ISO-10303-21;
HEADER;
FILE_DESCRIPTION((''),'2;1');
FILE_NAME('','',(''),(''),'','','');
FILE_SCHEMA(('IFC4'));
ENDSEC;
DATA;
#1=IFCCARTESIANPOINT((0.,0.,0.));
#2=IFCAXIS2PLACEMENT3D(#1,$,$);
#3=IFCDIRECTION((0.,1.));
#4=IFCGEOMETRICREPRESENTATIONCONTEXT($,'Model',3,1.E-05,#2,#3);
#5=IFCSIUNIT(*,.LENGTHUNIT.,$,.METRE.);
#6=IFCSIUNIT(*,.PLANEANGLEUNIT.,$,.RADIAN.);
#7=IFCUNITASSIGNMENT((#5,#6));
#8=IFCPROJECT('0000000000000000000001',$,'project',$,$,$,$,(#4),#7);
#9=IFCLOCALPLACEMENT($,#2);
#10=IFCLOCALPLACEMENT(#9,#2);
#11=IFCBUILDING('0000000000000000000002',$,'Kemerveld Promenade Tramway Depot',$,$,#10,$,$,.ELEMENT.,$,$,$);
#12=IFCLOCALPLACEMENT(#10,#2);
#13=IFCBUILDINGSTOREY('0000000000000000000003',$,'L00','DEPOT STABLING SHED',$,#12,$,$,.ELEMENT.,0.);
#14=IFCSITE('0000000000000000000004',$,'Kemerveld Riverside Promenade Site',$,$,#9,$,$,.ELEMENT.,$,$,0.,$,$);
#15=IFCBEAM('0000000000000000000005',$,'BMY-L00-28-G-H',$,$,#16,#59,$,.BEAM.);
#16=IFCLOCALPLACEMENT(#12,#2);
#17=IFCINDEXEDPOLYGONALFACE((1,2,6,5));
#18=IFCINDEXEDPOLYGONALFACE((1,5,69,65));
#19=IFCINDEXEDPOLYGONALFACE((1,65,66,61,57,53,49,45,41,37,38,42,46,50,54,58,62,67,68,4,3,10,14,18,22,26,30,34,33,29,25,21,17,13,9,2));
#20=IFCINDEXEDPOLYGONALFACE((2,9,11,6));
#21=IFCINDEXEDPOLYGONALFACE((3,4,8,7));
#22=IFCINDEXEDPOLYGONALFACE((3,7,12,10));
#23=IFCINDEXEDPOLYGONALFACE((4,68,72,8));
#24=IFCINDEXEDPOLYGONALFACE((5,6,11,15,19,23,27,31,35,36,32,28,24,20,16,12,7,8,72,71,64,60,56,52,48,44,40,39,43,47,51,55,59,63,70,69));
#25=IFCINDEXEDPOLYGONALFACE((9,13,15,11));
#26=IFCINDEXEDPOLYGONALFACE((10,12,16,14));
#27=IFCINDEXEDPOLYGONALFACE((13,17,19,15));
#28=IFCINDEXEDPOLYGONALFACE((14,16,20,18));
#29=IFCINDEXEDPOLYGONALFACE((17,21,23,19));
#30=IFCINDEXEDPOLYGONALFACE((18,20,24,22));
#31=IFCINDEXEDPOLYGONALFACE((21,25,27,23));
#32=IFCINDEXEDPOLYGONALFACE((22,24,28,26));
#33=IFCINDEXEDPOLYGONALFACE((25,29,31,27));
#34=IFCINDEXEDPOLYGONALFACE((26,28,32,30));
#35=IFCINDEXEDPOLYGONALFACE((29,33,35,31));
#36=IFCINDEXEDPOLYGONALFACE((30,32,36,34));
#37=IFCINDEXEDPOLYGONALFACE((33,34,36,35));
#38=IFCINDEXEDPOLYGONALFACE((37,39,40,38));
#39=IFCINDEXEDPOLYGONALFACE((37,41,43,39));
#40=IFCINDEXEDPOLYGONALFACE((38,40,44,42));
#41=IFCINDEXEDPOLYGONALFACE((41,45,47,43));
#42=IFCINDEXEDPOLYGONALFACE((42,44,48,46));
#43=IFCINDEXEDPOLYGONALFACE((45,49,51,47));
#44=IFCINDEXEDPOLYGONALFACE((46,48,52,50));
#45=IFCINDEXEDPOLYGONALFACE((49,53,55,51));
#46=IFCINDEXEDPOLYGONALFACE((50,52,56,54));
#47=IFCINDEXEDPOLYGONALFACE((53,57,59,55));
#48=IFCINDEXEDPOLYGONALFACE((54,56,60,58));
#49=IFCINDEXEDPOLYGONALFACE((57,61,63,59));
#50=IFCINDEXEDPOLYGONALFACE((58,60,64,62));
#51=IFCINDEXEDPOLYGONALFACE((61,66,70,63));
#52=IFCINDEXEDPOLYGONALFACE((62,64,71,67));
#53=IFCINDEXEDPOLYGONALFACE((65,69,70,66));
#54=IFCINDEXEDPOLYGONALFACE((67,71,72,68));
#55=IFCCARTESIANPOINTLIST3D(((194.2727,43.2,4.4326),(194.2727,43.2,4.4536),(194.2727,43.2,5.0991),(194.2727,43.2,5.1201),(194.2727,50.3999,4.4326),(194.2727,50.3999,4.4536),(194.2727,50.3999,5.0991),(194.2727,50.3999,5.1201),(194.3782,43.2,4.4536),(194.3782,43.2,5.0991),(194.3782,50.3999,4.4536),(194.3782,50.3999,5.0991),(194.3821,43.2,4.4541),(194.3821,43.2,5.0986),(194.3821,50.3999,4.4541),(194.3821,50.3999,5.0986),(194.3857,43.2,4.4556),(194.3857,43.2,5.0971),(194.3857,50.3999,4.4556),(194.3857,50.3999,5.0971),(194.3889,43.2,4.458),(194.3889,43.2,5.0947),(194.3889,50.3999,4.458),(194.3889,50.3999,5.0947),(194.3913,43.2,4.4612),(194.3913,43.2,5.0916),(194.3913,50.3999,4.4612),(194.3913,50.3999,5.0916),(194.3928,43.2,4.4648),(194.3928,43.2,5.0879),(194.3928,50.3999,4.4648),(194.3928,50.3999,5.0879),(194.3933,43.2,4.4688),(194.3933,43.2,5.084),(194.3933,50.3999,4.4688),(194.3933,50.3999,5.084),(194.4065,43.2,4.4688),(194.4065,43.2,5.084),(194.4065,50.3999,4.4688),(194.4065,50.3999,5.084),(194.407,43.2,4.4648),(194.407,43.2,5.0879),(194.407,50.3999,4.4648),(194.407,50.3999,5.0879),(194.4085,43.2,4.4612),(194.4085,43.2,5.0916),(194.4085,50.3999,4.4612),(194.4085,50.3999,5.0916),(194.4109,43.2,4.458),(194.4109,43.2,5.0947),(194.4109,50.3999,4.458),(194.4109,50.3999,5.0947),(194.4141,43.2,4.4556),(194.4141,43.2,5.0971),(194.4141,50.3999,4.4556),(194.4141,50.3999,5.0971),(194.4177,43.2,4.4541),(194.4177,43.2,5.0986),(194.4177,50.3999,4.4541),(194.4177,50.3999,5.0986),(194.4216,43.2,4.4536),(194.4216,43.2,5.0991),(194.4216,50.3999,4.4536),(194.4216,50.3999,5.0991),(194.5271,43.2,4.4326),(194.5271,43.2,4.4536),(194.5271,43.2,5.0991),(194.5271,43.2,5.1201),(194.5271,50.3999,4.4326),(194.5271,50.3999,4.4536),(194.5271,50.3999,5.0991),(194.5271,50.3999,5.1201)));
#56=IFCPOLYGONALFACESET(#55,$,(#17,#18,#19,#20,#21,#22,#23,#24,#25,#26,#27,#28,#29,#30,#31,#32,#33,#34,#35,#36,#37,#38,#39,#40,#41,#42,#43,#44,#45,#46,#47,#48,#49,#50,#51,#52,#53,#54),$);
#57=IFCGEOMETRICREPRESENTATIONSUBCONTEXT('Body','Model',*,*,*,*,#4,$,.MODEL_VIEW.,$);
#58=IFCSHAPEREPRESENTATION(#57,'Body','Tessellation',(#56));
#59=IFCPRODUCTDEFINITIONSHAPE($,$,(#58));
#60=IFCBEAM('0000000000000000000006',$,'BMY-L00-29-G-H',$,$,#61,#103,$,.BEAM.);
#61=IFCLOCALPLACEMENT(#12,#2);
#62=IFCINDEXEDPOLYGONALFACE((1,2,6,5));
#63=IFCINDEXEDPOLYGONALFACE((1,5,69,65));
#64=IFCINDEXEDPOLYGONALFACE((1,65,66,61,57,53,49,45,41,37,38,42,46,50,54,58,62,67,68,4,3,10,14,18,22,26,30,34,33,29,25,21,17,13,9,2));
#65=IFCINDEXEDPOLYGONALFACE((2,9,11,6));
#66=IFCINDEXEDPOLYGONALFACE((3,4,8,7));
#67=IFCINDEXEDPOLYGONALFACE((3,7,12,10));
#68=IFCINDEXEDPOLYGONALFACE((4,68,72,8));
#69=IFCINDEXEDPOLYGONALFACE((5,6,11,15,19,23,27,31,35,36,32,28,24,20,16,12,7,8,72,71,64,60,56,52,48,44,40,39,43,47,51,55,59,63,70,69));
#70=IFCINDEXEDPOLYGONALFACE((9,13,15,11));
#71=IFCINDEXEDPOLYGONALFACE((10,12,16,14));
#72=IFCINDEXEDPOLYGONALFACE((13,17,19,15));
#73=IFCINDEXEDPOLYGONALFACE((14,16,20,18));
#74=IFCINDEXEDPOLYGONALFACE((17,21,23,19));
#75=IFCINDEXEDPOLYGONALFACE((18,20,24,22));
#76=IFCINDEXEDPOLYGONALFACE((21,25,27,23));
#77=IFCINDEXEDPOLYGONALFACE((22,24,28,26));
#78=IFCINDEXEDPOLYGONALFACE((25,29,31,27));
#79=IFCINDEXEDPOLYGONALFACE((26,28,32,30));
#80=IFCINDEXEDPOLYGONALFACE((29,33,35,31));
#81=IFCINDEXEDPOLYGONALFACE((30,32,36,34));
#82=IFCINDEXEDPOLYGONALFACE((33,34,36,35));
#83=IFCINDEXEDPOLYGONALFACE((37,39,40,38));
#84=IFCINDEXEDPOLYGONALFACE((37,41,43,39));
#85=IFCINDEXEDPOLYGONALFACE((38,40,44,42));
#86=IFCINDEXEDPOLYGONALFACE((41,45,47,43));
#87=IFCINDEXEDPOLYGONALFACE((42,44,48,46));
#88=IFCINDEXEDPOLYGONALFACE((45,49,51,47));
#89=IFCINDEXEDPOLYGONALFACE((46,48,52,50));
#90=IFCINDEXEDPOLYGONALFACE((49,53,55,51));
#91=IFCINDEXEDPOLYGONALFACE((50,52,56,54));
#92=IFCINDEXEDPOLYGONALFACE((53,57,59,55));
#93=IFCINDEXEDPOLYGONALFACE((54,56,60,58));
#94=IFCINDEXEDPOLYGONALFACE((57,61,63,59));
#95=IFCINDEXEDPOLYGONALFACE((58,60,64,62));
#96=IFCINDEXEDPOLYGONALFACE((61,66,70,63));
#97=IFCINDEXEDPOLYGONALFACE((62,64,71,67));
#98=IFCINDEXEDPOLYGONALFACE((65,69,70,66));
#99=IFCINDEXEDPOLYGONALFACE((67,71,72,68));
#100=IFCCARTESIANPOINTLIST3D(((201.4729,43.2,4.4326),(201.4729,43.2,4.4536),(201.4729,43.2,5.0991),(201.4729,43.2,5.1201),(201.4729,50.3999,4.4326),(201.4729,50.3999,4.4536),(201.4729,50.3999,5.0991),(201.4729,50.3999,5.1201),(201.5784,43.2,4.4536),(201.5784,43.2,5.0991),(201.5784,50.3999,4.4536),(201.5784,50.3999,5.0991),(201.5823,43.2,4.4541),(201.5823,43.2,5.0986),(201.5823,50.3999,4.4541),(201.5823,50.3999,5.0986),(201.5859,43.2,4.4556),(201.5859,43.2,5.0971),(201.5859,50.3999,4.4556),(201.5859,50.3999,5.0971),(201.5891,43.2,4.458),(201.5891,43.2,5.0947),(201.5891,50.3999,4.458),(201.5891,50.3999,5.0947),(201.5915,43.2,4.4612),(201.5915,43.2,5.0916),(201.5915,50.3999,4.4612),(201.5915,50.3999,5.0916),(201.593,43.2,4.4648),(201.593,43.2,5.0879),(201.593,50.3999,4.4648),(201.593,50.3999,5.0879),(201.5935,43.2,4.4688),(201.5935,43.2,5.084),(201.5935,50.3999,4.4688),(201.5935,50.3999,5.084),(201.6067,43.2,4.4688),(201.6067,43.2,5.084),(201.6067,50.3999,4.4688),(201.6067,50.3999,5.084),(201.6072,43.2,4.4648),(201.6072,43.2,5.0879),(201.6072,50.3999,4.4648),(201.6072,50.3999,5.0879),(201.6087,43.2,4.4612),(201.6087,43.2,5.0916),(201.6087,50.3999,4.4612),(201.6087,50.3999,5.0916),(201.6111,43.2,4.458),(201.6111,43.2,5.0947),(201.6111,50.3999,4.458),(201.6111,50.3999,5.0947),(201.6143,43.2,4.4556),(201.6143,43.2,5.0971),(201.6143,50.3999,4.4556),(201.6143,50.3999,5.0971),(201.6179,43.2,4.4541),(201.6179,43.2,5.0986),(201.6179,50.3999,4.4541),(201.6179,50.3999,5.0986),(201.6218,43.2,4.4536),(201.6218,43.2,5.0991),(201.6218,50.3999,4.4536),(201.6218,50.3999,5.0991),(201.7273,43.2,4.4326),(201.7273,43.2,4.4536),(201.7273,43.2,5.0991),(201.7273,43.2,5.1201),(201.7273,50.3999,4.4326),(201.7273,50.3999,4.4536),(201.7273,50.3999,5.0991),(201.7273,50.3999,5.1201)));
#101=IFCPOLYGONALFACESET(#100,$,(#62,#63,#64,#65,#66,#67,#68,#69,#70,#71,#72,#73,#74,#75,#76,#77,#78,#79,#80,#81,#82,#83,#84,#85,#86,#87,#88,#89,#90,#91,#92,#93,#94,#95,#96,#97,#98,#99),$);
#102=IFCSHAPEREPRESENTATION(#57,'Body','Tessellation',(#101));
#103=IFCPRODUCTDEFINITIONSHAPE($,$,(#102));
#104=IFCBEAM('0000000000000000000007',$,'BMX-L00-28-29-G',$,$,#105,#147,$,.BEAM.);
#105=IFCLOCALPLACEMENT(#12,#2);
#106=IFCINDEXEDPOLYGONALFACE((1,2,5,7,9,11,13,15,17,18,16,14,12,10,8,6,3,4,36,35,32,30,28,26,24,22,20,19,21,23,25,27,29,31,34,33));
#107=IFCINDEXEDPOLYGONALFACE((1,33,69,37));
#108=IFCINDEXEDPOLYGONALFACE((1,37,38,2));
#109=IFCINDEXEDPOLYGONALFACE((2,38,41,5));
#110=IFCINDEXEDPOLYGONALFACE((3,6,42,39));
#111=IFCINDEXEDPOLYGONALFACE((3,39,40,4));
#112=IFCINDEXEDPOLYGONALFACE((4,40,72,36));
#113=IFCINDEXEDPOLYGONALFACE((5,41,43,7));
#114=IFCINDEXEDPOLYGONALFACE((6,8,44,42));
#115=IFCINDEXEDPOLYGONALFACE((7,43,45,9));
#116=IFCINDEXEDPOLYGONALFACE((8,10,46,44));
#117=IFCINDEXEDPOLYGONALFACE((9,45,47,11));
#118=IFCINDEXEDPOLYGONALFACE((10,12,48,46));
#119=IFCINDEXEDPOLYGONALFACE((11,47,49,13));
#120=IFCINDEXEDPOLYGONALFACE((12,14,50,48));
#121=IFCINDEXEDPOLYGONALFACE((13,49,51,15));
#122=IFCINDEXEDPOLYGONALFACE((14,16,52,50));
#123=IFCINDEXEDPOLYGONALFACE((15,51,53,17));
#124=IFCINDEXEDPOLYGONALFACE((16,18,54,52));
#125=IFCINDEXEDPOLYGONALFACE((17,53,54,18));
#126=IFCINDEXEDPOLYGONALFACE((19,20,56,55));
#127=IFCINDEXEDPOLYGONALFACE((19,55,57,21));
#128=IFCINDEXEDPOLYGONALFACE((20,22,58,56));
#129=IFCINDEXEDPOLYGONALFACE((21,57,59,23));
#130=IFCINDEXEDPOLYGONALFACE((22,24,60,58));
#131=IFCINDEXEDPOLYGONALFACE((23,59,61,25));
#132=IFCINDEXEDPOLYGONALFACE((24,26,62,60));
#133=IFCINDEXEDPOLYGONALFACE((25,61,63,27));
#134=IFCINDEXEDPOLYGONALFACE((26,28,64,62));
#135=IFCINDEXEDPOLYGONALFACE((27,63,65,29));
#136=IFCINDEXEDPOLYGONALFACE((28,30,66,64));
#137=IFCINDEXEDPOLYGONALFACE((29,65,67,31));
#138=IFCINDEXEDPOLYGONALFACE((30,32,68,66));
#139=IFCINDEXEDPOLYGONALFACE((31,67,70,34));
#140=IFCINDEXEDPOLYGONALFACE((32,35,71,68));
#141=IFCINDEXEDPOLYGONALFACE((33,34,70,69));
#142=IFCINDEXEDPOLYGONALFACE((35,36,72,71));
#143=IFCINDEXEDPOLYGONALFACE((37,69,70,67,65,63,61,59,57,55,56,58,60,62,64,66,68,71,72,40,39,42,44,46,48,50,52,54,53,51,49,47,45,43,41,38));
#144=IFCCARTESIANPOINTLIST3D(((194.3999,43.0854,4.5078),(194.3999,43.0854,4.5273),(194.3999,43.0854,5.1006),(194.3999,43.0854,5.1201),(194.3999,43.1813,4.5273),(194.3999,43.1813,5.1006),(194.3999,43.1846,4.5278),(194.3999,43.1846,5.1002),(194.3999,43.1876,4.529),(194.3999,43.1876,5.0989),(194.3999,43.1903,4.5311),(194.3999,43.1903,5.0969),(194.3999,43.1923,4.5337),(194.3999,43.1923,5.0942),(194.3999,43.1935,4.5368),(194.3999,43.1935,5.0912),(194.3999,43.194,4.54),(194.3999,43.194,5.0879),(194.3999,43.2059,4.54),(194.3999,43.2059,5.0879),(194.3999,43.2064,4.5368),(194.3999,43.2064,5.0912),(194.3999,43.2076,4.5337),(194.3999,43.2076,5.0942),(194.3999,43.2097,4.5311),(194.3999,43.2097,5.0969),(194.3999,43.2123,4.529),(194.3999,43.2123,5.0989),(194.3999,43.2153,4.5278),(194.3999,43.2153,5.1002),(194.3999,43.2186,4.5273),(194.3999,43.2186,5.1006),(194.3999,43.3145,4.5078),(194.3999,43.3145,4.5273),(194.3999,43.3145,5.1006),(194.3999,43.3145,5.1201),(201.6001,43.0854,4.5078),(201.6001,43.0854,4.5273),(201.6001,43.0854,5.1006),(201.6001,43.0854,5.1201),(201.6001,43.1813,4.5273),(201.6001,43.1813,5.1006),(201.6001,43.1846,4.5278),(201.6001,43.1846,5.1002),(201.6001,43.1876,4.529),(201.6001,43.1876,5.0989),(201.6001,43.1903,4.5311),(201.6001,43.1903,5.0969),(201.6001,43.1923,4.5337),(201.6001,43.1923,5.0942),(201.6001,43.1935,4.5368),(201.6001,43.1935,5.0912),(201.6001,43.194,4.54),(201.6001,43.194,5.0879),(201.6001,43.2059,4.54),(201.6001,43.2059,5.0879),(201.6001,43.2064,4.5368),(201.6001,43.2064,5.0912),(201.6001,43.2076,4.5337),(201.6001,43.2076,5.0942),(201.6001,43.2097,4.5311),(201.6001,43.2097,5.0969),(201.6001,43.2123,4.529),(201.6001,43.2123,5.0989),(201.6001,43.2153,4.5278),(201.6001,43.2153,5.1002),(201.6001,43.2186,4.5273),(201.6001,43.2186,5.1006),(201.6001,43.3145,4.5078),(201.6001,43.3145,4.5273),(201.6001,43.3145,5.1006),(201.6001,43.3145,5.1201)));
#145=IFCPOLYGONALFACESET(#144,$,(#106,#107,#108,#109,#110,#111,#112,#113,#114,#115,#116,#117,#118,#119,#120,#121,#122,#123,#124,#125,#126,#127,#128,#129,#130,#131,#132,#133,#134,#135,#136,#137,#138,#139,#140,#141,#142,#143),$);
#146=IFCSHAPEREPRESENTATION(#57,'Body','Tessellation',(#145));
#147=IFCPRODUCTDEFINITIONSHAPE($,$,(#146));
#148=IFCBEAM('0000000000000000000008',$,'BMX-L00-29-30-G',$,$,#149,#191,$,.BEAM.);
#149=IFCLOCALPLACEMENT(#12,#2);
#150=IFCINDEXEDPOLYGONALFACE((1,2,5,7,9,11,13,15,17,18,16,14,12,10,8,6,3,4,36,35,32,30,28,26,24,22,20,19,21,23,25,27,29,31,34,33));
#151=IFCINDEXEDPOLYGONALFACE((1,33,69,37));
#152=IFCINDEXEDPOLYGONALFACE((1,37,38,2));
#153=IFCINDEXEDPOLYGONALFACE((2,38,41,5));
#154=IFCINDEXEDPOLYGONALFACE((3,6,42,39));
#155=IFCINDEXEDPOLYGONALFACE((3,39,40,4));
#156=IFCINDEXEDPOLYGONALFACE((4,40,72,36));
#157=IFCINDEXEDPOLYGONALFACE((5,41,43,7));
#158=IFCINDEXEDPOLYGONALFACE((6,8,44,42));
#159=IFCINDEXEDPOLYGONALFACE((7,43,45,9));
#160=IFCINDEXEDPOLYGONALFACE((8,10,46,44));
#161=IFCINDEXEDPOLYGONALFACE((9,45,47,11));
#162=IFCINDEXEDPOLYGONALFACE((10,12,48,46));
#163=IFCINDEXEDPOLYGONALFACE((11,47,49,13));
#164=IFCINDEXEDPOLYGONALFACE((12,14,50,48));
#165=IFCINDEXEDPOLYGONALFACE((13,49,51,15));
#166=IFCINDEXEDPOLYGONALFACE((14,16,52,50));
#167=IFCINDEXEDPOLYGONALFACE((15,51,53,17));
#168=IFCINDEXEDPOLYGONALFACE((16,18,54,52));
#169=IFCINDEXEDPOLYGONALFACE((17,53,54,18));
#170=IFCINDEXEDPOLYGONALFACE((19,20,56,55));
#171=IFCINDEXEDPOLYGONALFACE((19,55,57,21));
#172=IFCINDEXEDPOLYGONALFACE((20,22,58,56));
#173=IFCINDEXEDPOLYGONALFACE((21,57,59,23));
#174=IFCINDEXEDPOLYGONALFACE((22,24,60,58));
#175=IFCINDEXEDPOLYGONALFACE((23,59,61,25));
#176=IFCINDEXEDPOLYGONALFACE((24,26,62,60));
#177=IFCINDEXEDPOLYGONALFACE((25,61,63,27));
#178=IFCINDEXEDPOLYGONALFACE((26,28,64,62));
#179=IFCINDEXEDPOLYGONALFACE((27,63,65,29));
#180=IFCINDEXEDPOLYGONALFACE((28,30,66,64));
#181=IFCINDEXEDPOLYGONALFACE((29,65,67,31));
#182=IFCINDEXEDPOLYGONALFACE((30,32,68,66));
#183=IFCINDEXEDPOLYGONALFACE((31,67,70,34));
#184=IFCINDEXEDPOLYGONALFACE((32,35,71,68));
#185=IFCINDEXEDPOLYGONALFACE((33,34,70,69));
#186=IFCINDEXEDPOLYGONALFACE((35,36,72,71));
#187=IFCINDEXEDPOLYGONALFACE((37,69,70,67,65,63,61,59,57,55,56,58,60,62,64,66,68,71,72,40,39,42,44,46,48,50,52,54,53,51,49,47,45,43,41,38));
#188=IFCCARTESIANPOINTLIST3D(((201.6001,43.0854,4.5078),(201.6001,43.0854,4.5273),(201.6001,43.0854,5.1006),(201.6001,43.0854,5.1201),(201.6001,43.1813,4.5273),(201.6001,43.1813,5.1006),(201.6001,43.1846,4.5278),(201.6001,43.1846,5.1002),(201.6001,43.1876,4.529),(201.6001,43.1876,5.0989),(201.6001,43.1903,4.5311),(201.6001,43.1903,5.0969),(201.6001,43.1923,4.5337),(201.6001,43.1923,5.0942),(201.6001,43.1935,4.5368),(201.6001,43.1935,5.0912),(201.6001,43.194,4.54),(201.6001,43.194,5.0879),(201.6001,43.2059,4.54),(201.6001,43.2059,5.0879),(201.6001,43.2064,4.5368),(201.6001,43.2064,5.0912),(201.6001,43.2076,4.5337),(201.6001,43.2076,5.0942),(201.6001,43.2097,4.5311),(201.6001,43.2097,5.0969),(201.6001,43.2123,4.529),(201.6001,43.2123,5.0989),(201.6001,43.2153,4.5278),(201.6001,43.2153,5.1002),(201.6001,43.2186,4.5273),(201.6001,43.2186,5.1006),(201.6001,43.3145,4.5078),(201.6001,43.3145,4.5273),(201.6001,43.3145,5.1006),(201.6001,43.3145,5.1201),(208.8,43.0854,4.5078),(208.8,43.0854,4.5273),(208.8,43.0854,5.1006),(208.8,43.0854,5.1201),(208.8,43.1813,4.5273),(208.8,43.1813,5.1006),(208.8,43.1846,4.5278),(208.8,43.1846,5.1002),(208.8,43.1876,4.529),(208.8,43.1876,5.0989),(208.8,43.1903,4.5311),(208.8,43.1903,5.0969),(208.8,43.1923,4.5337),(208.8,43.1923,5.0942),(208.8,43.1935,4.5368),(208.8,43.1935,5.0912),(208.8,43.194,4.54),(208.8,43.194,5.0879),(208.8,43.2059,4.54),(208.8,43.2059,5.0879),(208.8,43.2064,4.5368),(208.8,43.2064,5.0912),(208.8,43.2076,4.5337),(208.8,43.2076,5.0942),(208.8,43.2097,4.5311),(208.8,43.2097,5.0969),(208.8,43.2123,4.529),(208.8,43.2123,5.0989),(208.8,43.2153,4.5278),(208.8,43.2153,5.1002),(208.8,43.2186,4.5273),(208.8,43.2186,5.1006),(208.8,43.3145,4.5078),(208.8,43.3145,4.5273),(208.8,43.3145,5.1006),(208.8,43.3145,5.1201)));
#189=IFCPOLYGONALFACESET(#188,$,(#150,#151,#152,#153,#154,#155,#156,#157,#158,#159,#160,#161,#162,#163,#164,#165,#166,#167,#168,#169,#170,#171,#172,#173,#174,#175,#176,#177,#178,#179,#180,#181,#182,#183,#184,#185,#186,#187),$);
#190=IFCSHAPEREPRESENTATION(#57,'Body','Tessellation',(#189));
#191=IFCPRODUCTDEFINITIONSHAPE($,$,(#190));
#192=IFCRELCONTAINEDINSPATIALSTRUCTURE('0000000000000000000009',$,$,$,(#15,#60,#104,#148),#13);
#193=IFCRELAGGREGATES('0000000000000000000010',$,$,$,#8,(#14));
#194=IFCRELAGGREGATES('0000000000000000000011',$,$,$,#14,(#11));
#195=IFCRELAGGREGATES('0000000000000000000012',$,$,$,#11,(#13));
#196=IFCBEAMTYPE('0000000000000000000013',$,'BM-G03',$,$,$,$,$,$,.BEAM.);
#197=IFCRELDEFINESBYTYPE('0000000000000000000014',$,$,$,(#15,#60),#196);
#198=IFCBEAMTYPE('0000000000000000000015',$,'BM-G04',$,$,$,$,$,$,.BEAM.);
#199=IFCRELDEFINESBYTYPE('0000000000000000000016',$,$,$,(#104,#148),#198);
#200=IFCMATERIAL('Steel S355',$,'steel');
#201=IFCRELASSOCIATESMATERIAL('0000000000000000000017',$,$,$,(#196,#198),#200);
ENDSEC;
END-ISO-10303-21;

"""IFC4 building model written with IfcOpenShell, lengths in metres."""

from ifc_helpers import new_model, si_unit, direction, frame, origin, origin_2d, place, context, subcontext, project, spatial, i_section, extrude, material, material_profile, profile_set, type_object, element, save


model = new_model("IFC4")

# Units and contexts
model_context = context("Model", 3, precision=1e-05, world=origin(), true_north=direction((0.0, 1.0)))
body_context = subcontext(model_context, "Body", "Model", "MODEL_VIEW")
ifc_project = project(units=[si_unit("LENGTHUNIT", "METRE"), si_unit("PLANEANGLEUNIT", "RADIAN")], contexts=[model_context])

# Site, building, storey
site_placement = place(None, origin())
site = spatial("IfcSite", under=ifc_project, at=site_placement, Name="Kemerveld Riverside Promenade Site", CompositionType="ELEMENT", RefElevation=0.0)
building_placement = place(site_placement, origin())
building = spatial("IfcBuilding", under=site, at=building_placement, Name="Kemerveld Promenade Tramway Depot", CompositionType="ELEMENT")
storey_placement = place(building_placement, origin())
storey = spatial("IfcBuildingStorey", under=building, at=storey_placement, Name="L00", Description="DEPOT STABLING SHED", CompositionType="ELEMENT", Elevation=0.0)

# Shared definitions
ifc_material_1 = material(Name="Steel S355", Category="steel")

# Beams
ifc_material_profile_1 = material_profile(ifc_material_1, i_section(OverallWidth=0.2544, OverallDepth=0.6875, WebThickness=0.0132, FlangeThickness=0.021, FilletRadius=0.0151, at=origin_2d()), Name="686x254x152 UB")
ifc_profile_set_1 = profile_set([ifc_material_profile_1], Name="Steel S355")
beam_type_1 = type_object("IfcBeamType", Name="BM-G03", PredefinedType="BEAM", material=ifc_profile_set_1)
for number, where, z_axis, x_axis, name in (
    (1, (194.3999, 43.2, 4.7764), (0.0, 1.0, 0.0), (-1.0, 0.0, 0.0), "BMY-L00-28-G-H"),
    (2, (201.6001, 43.2, 4.7764), (0.0, 1.0, 0.0), (-1.0, 0.0, 0.0), "BMY-L00-29-G-H"),
):
    element("IfcBeam", number, at=place(storey_placement, frame(where, z_axis=z_axis, x_axis=x_axis)), inside=storey, type_object=beam_type_1, Name=name, PredefinedType="BEAM", context=body_context, shape_type="SweptSolid", body=[
        extrude(i_section(OverallWidth=0.2544, OverallDepth=0.6875, WebThickness=0.0132, FlangeThickness=0.021, FilletRadius=0.0151, at=origin_2d()), origin(), (0.0, 0.0, 1.0), 7.2),
    ])
ifc_material_profile_2 = material_profile(ifc_material_1, i_section(OverallWidth=0.229, OverallDepth=0.6123, WebThickness=0.012, FlangeThickness=0.0195, FilletRadius=0.0127, at=origin_2d()), Name="610x229x125 UB")
ifc_profile_set_2 = profile_set([ifc_material_profile_2], Name="Steel S355")
beam_type_2 = type_object("IfcBeamType", Name="BM-G04", PredefinedType="BEAM", material=ifc_profile_set_2)
beam_1_placement = place(storey_placement, frame((194.3999, 43.2, 4.814), z_axis=(1.0, 0.0, 0.0), x_axis=(0.0, 1.0, 0.0)))
element("IfcBeam", 3, at=beam_1_placement, inside=storey, type_object=beam_type_2, Name="BMX-L00-28-29-G", PredefinedType="BEAM", context=body_context, shape_type="SweptSolid", body=[
    extrude(i_section(OverallWidth=0.229, OverallDepth=0.6123, WebThickness=0.012, FlangeThickness=0.0195, FilletRadius=0.0127, at=origin_2d()), origin(), (0.0, 0.0, 1.0), 7.2002),
])
beam_2_placement = place(storey_placement, frame((201.6001, 43.2, 4.814), z_axis=(1.0, 0.0, 0.0), x_axis=(0.0, 1.0, 0.0)))
element("IfcBeam", 4, at=beam_2_placement, inside=storey, type_object=beam_type_2, Name="BMX-L00-29-30-G", PredefinedType="BEAM", context=body_context, shape_type="SweptSolid", body=[
    extrude(i_section(OverallWidth=0.229, OverallDepth=0.6123, WebThickness=0.012, FlangeThickness=0.0195, FilletRadius=0.0127, at=origin_2d()), origin(), (0.0, 0.0, 1.0), 7.2),
])

save(model, "model.ifc")
